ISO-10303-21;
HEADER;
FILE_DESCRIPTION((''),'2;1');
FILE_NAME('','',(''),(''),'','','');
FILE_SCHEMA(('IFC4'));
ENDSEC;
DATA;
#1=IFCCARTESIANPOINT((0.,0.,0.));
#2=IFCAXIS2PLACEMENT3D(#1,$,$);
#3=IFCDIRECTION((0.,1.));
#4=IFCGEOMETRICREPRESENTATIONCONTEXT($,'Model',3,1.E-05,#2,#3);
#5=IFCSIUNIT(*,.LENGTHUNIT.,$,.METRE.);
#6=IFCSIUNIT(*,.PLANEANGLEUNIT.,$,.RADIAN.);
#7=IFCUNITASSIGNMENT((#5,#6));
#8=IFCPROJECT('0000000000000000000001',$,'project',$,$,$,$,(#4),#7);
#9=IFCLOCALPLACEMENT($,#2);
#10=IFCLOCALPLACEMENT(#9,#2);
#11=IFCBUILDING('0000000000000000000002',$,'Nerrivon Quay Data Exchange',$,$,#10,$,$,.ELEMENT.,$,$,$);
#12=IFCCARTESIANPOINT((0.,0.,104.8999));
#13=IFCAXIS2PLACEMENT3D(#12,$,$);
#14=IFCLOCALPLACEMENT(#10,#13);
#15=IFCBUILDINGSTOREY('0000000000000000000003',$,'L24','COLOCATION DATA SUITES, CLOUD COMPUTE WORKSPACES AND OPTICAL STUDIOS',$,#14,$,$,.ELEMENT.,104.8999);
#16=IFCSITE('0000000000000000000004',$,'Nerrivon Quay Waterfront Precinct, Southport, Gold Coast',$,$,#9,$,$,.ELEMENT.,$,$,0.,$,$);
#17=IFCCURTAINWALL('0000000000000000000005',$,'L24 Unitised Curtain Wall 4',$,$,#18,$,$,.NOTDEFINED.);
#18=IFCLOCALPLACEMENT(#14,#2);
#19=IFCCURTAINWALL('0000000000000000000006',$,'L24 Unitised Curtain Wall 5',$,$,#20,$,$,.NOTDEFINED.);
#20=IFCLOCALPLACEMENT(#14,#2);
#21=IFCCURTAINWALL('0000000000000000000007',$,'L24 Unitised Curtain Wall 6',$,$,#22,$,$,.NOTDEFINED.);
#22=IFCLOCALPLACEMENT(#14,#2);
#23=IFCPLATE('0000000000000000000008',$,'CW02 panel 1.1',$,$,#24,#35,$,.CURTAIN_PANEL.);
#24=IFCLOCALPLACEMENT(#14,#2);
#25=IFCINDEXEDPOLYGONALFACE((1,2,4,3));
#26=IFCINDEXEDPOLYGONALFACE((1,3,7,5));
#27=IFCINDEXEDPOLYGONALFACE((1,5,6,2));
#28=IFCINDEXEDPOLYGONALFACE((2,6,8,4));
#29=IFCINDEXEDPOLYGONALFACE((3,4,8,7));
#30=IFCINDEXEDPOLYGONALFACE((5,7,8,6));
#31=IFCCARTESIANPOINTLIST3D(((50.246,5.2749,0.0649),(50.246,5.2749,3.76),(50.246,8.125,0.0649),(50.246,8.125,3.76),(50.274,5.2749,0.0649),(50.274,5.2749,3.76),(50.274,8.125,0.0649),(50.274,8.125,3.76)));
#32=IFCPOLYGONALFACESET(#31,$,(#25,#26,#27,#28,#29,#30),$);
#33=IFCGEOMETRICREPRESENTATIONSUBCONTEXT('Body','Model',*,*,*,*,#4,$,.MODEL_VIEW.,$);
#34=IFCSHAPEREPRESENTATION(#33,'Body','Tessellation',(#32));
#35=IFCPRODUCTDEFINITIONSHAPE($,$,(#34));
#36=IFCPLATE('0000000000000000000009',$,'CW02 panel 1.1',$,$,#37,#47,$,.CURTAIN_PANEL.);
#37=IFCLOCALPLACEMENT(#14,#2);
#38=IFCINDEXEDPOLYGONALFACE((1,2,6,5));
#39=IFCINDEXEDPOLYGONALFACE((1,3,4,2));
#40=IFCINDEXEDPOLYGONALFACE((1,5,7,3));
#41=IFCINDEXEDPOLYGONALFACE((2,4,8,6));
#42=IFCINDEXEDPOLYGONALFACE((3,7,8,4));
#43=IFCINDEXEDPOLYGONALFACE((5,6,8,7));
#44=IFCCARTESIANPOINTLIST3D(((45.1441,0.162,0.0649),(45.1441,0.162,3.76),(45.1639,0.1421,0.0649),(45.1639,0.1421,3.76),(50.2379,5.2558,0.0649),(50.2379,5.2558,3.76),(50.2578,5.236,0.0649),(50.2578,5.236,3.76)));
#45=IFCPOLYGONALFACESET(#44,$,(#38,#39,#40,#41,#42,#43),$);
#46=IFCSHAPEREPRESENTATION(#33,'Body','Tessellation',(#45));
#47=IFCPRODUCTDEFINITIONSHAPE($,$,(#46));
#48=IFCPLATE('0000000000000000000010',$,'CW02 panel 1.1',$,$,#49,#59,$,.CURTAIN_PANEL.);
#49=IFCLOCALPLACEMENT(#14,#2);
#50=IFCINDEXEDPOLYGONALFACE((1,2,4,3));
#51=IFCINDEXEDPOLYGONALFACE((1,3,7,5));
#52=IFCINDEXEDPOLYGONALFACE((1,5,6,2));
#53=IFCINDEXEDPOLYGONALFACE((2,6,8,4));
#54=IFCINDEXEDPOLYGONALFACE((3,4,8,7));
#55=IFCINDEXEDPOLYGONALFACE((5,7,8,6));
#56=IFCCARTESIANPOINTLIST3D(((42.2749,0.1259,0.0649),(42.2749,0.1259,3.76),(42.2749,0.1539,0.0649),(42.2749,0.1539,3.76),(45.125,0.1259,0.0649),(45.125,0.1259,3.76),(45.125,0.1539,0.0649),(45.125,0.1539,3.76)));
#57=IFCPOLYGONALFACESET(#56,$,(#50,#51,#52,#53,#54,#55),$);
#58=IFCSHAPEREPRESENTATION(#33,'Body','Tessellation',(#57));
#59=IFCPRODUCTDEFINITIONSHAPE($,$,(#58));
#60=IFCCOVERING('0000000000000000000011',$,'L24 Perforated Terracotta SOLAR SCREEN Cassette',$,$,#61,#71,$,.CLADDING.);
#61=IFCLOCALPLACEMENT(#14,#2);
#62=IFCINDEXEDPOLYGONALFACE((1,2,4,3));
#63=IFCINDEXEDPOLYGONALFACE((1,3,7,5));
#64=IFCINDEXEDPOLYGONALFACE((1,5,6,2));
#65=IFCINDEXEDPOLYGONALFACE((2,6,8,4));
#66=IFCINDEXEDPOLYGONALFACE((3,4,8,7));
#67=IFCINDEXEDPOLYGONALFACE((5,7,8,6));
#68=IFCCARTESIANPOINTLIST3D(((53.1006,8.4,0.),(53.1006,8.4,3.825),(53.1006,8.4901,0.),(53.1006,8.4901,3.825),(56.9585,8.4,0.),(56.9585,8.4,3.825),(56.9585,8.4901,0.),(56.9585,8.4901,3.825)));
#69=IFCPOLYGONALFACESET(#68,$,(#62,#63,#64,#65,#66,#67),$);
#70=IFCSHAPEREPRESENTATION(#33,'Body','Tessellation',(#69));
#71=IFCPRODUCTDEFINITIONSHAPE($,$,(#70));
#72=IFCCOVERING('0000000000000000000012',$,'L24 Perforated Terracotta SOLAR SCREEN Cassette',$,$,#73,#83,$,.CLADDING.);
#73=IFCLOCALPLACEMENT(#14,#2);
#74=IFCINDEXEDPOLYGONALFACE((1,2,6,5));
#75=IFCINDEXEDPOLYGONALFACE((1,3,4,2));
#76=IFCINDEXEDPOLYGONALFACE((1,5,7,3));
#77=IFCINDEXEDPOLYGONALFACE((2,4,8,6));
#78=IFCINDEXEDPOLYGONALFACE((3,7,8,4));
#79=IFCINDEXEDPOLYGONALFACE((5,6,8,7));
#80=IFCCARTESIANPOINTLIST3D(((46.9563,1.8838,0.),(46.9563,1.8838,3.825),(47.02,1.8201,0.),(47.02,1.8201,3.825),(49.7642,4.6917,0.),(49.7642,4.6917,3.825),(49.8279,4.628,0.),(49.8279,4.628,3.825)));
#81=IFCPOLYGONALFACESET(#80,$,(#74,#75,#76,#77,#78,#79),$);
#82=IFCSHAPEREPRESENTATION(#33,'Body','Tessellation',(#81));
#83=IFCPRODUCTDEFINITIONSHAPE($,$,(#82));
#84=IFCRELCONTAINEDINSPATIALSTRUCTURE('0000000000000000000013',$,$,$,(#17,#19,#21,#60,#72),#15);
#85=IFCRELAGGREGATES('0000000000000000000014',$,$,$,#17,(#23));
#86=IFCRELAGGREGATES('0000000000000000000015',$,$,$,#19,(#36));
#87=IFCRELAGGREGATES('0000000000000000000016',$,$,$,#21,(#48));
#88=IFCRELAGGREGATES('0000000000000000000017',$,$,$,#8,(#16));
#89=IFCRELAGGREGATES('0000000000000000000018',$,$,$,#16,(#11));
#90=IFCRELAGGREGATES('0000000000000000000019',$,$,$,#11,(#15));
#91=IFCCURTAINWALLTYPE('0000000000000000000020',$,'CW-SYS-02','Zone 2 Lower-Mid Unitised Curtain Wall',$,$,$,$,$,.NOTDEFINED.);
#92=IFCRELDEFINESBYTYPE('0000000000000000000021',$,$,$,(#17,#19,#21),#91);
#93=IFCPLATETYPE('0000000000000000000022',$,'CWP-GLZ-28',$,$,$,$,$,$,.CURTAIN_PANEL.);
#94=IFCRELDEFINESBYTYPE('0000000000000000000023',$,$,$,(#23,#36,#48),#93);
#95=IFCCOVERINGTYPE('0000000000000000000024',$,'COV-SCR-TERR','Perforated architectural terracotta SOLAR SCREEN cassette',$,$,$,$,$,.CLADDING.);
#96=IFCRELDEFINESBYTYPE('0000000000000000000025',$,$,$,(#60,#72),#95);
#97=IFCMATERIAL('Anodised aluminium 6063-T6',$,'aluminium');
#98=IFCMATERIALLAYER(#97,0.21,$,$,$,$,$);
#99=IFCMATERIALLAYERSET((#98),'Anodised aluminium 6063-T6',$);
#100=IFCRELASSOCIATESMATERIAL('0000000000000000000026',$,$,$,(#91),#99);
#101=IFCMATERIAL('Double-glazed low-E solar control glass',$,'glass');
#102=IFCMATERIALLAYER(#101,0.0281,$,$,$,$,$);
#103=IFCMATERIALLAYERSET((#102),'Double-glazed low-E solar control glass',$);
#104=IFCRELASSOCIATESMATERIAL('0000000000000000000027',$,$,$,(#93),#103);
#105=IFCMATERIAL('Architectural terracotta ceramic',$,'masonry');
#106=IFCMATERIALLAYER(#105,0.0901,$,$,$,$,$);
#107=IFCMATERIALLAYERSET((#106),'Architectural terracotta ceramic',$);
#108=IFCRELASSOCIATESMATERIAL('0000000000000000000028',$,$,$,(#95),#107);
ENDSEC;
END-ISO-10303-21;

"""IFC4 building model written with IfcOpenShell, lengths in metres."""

from ifc_helpers import new_model, si_unit, direction, frame, origin, origin_2d, place, context, subcontext, project, spatial, rectangle, extrude, material, layer, layer_set, type_object, element, aggregate, save


model = new_model("IFC4")

# Units and contexts
model_context = context("Model", 3, precision=1e-05, world=origin(), true_north=direction((0.0, 1.0)))
body_context = subcontext(model_context, "Body", "Model", "MODEL_VIEW")
ifc_project = project(units=[si_unit("LENGTHUNIT", "METRE"), si_unit("PLANEANGLEUNIT", "RADIAN")], contexts=[model_context])

# Site, building, storey
site_placement = place(None, origin())
site = spatial("IfcSite", under=ifc_project, at=site_placement, Name="Nerrivon Quay Waterfront Precinct, Southport, Gold Coast", CompositionType="ELEMENT", RefElevation=0.0)
building_placement = place(site_placement, origin())
building = spatial("IfcBuilding", under=site, at=building_placement, Name="Nerrivon Quay Data Exchange", CompositionType="ELEMENT")
storey_placement = place(building_placement, frame((0.0, 0.0, 104.8999)))
storey = spatial("IfcBuildingStorey", under=building, at=storey_placement, Name="L24", Description="COLOCATION DATA SUITES, CLOUD COMPUTE WORKSPACES AND OPTICAL STUDIOS", CompositionType="ELEMENT", Elevation=104.8999)

# Curtain walls
ifc_material_1 = material(Name="Anodised aluminium 6063-T6", Category="aluminium")
ifc_layer_1 = layer(ifc_material_1, 0.21)
ifc_layer_set_1 = layer_set([ifc_layer_1], Name="Anodised aluminium 6063-T6")
curtain_wall_type_1 = type_object("IfcCurtainWallType", Name="CW-SYS-02", Description="Zone 2 Lower-Mid Unitised Curtain Wall", PredefinedType="NOTDEFINED", material=ifc_layer_set_1)
curtain_wall_1_placement = place(storey_placement, origin())
curtain_wall_1 = element("IfcCurtainWall", 1, at=curtain_wall_1_placement, inside=storey, type_object=curtain_wall_type_1, Name="L24 Unitised Curtain Wall 4", PredefinedType="NOTDEFINED")
curtain_wall_2_placement = place(storey_placement, origin())
curtain_wall_2 = element("IfcCurtainWall", 2, at=curtain_wall_2_placement, inside=storey, type_object=curtain_wall_type_1, Name="L24 Unitised Curtain Wall 5", PredefinedType="NOTDEFINED")

# Curtain wall
curtain_wall_3_placement = place(storey_placement, origin())
curtain_wall_3 = element("IfcCurtainWall", 3, at=curtain_wall_3_placement, inside=storey, type_object=curtain_wall_type_1, Name="L24 Unitised Curtain Wall 6", PredefinedType="NOTDEFINED")

# Plates
ifc_material_2 = material(Name="Double-glazed low-E solar control glass", Category="glass")
ifc_layer_2 = layer(ifc_material_2, 0.0281)
ifc_layer_set_2 = layer_set([ifc_layer_2], Name="Double-glazed low-E solar control glass")
plate_type = type_object("IfcPlateType", Name="CWP-GLZ-28", PredefinedType="CURTAIN_PANEL", material=ifc_layer_set_2)
plate_1_placement = place(storey_placement, frame((50.26, 6.7, 0.0649), z_axis=(0.0, 0.0, 1.0), x_axis=(0.0, -1.0, 0.0)))
plate_1 = element("IfcPlate", 4, at=plate_1_placement, type_object=plate_type, Name="CW02 panel 1.1", PredefinedType="CURTAIN_PANEL", context=body_context, shape_type="SweptSolid", body=[
    extrude(rectangle(XDim=2.8501, YDim=0.0281, at=origin_2d()), origin(), (0.0, 0.0, 1.0), 3.6951),
])
aggregate(curtain_wall_1, [plate_1])
plate_2_placement = place(storey_placement, frame((47.7009, 2.699, 0.0649), z_axis=(0.0, 0.0, 1.0), x_axis=(-0.707107, -0.707107, 0.0)))
plate_2 = element("IfcPlate", 5, at=plate_2_placement, type_object=plate_type, Name="CW02 panel 1.1", PredefinedType="CURTAIN_PANEL", context=body_context, shape_type="SweptSolid", body=[
    extrude(rectangle(XDim=7.2039, YDim=0.0281, at=origin_2d()), origin(), (0.0, 0.0, 1.0), 3.6951),
])
aggregate(curtain_wall_2, [plate_2])
plate_3_placement = place(storey_placement, frame((43.7, 0.1399, 0.0649), z_axis=(0.0, 0.0, 1.0), x_axis=(-1.0, 0.0, 0.0)))
plate_3 = element("IfcPlate", 6, at=plate_3_placement, type_object=plate_type, Name="CW02 panel 1.1", PredefinedType="CURTAIN_PANEL", context=body_context, shape_type="SweptSolid", body=[
    extrude(rectangle(XDim=2.8501, YDim=0.0281, at=origin_2d()), origin(), (0.0, 0.0, 1.0), 3.6951),
])
aggregate(curtain_wall_3, [plate_3])

# Coverings
ifc_material_3 = material(Name="Architectural terracotta ceramic", Category="masonry")
ifc_layer_3 = layer(ifc_material_3, 0.0901)
ifc_layer_set_3 = layer_set([ifc_layer_3], Name="Architectural terracotta ceramic")
covering_type = type_object("IfcCoveringType", Name="COV-SCR-TERR", Description="Perforated architectural terracotta SOLAR SCREEN cassette", PredefinedType="CLADDING", material=ifc_layer_set_3)
covering_1_placement = place(storey_placement, frame((55.0295, 8.4451, 0.0), z_axis=(0.0, 0.0, 1.0), x_axis=(-1.0, 0.0, 0.0)))
element("IfcCovering", 7, at=covering_1_placement, inside=storey, type_object=covering_type, Name="L24 Perforated Terracotta SOLAR SCREEN Cassette", PredefinedType="CLADDING", context=body_context, shape_type="SweptSolid", body=[
    extrude(rectangle(XDim=3.8579, YDim=0.0901, at=origin_2d()), origin(), (0.0, 0.0, 1.0), 3.825),
])
covering_2_placement = place(storey_placement, frame((48.3921, 3.2559, 0.0), z_axis=(0.0, 0.0, 1.0), x_axis=(-0.707107, -0.707107, 0.0)))
element("IfcCovering", 8, at=covering_2_placement, inside=storey, type_object=covering_type, Name="L24 Perforated Terracotta SOLAR SCREEN Cassette", PredefinedType="CLADDING", context=body_context, shape_type="SweptSolid", body=[
    extrude(rectangle(XDim=3.9709, YDim=0.0901, at=origin_2d()), origin(), (0.0, 0.0, 1.0), 3.825),
])

save(model, "model.ifc")
